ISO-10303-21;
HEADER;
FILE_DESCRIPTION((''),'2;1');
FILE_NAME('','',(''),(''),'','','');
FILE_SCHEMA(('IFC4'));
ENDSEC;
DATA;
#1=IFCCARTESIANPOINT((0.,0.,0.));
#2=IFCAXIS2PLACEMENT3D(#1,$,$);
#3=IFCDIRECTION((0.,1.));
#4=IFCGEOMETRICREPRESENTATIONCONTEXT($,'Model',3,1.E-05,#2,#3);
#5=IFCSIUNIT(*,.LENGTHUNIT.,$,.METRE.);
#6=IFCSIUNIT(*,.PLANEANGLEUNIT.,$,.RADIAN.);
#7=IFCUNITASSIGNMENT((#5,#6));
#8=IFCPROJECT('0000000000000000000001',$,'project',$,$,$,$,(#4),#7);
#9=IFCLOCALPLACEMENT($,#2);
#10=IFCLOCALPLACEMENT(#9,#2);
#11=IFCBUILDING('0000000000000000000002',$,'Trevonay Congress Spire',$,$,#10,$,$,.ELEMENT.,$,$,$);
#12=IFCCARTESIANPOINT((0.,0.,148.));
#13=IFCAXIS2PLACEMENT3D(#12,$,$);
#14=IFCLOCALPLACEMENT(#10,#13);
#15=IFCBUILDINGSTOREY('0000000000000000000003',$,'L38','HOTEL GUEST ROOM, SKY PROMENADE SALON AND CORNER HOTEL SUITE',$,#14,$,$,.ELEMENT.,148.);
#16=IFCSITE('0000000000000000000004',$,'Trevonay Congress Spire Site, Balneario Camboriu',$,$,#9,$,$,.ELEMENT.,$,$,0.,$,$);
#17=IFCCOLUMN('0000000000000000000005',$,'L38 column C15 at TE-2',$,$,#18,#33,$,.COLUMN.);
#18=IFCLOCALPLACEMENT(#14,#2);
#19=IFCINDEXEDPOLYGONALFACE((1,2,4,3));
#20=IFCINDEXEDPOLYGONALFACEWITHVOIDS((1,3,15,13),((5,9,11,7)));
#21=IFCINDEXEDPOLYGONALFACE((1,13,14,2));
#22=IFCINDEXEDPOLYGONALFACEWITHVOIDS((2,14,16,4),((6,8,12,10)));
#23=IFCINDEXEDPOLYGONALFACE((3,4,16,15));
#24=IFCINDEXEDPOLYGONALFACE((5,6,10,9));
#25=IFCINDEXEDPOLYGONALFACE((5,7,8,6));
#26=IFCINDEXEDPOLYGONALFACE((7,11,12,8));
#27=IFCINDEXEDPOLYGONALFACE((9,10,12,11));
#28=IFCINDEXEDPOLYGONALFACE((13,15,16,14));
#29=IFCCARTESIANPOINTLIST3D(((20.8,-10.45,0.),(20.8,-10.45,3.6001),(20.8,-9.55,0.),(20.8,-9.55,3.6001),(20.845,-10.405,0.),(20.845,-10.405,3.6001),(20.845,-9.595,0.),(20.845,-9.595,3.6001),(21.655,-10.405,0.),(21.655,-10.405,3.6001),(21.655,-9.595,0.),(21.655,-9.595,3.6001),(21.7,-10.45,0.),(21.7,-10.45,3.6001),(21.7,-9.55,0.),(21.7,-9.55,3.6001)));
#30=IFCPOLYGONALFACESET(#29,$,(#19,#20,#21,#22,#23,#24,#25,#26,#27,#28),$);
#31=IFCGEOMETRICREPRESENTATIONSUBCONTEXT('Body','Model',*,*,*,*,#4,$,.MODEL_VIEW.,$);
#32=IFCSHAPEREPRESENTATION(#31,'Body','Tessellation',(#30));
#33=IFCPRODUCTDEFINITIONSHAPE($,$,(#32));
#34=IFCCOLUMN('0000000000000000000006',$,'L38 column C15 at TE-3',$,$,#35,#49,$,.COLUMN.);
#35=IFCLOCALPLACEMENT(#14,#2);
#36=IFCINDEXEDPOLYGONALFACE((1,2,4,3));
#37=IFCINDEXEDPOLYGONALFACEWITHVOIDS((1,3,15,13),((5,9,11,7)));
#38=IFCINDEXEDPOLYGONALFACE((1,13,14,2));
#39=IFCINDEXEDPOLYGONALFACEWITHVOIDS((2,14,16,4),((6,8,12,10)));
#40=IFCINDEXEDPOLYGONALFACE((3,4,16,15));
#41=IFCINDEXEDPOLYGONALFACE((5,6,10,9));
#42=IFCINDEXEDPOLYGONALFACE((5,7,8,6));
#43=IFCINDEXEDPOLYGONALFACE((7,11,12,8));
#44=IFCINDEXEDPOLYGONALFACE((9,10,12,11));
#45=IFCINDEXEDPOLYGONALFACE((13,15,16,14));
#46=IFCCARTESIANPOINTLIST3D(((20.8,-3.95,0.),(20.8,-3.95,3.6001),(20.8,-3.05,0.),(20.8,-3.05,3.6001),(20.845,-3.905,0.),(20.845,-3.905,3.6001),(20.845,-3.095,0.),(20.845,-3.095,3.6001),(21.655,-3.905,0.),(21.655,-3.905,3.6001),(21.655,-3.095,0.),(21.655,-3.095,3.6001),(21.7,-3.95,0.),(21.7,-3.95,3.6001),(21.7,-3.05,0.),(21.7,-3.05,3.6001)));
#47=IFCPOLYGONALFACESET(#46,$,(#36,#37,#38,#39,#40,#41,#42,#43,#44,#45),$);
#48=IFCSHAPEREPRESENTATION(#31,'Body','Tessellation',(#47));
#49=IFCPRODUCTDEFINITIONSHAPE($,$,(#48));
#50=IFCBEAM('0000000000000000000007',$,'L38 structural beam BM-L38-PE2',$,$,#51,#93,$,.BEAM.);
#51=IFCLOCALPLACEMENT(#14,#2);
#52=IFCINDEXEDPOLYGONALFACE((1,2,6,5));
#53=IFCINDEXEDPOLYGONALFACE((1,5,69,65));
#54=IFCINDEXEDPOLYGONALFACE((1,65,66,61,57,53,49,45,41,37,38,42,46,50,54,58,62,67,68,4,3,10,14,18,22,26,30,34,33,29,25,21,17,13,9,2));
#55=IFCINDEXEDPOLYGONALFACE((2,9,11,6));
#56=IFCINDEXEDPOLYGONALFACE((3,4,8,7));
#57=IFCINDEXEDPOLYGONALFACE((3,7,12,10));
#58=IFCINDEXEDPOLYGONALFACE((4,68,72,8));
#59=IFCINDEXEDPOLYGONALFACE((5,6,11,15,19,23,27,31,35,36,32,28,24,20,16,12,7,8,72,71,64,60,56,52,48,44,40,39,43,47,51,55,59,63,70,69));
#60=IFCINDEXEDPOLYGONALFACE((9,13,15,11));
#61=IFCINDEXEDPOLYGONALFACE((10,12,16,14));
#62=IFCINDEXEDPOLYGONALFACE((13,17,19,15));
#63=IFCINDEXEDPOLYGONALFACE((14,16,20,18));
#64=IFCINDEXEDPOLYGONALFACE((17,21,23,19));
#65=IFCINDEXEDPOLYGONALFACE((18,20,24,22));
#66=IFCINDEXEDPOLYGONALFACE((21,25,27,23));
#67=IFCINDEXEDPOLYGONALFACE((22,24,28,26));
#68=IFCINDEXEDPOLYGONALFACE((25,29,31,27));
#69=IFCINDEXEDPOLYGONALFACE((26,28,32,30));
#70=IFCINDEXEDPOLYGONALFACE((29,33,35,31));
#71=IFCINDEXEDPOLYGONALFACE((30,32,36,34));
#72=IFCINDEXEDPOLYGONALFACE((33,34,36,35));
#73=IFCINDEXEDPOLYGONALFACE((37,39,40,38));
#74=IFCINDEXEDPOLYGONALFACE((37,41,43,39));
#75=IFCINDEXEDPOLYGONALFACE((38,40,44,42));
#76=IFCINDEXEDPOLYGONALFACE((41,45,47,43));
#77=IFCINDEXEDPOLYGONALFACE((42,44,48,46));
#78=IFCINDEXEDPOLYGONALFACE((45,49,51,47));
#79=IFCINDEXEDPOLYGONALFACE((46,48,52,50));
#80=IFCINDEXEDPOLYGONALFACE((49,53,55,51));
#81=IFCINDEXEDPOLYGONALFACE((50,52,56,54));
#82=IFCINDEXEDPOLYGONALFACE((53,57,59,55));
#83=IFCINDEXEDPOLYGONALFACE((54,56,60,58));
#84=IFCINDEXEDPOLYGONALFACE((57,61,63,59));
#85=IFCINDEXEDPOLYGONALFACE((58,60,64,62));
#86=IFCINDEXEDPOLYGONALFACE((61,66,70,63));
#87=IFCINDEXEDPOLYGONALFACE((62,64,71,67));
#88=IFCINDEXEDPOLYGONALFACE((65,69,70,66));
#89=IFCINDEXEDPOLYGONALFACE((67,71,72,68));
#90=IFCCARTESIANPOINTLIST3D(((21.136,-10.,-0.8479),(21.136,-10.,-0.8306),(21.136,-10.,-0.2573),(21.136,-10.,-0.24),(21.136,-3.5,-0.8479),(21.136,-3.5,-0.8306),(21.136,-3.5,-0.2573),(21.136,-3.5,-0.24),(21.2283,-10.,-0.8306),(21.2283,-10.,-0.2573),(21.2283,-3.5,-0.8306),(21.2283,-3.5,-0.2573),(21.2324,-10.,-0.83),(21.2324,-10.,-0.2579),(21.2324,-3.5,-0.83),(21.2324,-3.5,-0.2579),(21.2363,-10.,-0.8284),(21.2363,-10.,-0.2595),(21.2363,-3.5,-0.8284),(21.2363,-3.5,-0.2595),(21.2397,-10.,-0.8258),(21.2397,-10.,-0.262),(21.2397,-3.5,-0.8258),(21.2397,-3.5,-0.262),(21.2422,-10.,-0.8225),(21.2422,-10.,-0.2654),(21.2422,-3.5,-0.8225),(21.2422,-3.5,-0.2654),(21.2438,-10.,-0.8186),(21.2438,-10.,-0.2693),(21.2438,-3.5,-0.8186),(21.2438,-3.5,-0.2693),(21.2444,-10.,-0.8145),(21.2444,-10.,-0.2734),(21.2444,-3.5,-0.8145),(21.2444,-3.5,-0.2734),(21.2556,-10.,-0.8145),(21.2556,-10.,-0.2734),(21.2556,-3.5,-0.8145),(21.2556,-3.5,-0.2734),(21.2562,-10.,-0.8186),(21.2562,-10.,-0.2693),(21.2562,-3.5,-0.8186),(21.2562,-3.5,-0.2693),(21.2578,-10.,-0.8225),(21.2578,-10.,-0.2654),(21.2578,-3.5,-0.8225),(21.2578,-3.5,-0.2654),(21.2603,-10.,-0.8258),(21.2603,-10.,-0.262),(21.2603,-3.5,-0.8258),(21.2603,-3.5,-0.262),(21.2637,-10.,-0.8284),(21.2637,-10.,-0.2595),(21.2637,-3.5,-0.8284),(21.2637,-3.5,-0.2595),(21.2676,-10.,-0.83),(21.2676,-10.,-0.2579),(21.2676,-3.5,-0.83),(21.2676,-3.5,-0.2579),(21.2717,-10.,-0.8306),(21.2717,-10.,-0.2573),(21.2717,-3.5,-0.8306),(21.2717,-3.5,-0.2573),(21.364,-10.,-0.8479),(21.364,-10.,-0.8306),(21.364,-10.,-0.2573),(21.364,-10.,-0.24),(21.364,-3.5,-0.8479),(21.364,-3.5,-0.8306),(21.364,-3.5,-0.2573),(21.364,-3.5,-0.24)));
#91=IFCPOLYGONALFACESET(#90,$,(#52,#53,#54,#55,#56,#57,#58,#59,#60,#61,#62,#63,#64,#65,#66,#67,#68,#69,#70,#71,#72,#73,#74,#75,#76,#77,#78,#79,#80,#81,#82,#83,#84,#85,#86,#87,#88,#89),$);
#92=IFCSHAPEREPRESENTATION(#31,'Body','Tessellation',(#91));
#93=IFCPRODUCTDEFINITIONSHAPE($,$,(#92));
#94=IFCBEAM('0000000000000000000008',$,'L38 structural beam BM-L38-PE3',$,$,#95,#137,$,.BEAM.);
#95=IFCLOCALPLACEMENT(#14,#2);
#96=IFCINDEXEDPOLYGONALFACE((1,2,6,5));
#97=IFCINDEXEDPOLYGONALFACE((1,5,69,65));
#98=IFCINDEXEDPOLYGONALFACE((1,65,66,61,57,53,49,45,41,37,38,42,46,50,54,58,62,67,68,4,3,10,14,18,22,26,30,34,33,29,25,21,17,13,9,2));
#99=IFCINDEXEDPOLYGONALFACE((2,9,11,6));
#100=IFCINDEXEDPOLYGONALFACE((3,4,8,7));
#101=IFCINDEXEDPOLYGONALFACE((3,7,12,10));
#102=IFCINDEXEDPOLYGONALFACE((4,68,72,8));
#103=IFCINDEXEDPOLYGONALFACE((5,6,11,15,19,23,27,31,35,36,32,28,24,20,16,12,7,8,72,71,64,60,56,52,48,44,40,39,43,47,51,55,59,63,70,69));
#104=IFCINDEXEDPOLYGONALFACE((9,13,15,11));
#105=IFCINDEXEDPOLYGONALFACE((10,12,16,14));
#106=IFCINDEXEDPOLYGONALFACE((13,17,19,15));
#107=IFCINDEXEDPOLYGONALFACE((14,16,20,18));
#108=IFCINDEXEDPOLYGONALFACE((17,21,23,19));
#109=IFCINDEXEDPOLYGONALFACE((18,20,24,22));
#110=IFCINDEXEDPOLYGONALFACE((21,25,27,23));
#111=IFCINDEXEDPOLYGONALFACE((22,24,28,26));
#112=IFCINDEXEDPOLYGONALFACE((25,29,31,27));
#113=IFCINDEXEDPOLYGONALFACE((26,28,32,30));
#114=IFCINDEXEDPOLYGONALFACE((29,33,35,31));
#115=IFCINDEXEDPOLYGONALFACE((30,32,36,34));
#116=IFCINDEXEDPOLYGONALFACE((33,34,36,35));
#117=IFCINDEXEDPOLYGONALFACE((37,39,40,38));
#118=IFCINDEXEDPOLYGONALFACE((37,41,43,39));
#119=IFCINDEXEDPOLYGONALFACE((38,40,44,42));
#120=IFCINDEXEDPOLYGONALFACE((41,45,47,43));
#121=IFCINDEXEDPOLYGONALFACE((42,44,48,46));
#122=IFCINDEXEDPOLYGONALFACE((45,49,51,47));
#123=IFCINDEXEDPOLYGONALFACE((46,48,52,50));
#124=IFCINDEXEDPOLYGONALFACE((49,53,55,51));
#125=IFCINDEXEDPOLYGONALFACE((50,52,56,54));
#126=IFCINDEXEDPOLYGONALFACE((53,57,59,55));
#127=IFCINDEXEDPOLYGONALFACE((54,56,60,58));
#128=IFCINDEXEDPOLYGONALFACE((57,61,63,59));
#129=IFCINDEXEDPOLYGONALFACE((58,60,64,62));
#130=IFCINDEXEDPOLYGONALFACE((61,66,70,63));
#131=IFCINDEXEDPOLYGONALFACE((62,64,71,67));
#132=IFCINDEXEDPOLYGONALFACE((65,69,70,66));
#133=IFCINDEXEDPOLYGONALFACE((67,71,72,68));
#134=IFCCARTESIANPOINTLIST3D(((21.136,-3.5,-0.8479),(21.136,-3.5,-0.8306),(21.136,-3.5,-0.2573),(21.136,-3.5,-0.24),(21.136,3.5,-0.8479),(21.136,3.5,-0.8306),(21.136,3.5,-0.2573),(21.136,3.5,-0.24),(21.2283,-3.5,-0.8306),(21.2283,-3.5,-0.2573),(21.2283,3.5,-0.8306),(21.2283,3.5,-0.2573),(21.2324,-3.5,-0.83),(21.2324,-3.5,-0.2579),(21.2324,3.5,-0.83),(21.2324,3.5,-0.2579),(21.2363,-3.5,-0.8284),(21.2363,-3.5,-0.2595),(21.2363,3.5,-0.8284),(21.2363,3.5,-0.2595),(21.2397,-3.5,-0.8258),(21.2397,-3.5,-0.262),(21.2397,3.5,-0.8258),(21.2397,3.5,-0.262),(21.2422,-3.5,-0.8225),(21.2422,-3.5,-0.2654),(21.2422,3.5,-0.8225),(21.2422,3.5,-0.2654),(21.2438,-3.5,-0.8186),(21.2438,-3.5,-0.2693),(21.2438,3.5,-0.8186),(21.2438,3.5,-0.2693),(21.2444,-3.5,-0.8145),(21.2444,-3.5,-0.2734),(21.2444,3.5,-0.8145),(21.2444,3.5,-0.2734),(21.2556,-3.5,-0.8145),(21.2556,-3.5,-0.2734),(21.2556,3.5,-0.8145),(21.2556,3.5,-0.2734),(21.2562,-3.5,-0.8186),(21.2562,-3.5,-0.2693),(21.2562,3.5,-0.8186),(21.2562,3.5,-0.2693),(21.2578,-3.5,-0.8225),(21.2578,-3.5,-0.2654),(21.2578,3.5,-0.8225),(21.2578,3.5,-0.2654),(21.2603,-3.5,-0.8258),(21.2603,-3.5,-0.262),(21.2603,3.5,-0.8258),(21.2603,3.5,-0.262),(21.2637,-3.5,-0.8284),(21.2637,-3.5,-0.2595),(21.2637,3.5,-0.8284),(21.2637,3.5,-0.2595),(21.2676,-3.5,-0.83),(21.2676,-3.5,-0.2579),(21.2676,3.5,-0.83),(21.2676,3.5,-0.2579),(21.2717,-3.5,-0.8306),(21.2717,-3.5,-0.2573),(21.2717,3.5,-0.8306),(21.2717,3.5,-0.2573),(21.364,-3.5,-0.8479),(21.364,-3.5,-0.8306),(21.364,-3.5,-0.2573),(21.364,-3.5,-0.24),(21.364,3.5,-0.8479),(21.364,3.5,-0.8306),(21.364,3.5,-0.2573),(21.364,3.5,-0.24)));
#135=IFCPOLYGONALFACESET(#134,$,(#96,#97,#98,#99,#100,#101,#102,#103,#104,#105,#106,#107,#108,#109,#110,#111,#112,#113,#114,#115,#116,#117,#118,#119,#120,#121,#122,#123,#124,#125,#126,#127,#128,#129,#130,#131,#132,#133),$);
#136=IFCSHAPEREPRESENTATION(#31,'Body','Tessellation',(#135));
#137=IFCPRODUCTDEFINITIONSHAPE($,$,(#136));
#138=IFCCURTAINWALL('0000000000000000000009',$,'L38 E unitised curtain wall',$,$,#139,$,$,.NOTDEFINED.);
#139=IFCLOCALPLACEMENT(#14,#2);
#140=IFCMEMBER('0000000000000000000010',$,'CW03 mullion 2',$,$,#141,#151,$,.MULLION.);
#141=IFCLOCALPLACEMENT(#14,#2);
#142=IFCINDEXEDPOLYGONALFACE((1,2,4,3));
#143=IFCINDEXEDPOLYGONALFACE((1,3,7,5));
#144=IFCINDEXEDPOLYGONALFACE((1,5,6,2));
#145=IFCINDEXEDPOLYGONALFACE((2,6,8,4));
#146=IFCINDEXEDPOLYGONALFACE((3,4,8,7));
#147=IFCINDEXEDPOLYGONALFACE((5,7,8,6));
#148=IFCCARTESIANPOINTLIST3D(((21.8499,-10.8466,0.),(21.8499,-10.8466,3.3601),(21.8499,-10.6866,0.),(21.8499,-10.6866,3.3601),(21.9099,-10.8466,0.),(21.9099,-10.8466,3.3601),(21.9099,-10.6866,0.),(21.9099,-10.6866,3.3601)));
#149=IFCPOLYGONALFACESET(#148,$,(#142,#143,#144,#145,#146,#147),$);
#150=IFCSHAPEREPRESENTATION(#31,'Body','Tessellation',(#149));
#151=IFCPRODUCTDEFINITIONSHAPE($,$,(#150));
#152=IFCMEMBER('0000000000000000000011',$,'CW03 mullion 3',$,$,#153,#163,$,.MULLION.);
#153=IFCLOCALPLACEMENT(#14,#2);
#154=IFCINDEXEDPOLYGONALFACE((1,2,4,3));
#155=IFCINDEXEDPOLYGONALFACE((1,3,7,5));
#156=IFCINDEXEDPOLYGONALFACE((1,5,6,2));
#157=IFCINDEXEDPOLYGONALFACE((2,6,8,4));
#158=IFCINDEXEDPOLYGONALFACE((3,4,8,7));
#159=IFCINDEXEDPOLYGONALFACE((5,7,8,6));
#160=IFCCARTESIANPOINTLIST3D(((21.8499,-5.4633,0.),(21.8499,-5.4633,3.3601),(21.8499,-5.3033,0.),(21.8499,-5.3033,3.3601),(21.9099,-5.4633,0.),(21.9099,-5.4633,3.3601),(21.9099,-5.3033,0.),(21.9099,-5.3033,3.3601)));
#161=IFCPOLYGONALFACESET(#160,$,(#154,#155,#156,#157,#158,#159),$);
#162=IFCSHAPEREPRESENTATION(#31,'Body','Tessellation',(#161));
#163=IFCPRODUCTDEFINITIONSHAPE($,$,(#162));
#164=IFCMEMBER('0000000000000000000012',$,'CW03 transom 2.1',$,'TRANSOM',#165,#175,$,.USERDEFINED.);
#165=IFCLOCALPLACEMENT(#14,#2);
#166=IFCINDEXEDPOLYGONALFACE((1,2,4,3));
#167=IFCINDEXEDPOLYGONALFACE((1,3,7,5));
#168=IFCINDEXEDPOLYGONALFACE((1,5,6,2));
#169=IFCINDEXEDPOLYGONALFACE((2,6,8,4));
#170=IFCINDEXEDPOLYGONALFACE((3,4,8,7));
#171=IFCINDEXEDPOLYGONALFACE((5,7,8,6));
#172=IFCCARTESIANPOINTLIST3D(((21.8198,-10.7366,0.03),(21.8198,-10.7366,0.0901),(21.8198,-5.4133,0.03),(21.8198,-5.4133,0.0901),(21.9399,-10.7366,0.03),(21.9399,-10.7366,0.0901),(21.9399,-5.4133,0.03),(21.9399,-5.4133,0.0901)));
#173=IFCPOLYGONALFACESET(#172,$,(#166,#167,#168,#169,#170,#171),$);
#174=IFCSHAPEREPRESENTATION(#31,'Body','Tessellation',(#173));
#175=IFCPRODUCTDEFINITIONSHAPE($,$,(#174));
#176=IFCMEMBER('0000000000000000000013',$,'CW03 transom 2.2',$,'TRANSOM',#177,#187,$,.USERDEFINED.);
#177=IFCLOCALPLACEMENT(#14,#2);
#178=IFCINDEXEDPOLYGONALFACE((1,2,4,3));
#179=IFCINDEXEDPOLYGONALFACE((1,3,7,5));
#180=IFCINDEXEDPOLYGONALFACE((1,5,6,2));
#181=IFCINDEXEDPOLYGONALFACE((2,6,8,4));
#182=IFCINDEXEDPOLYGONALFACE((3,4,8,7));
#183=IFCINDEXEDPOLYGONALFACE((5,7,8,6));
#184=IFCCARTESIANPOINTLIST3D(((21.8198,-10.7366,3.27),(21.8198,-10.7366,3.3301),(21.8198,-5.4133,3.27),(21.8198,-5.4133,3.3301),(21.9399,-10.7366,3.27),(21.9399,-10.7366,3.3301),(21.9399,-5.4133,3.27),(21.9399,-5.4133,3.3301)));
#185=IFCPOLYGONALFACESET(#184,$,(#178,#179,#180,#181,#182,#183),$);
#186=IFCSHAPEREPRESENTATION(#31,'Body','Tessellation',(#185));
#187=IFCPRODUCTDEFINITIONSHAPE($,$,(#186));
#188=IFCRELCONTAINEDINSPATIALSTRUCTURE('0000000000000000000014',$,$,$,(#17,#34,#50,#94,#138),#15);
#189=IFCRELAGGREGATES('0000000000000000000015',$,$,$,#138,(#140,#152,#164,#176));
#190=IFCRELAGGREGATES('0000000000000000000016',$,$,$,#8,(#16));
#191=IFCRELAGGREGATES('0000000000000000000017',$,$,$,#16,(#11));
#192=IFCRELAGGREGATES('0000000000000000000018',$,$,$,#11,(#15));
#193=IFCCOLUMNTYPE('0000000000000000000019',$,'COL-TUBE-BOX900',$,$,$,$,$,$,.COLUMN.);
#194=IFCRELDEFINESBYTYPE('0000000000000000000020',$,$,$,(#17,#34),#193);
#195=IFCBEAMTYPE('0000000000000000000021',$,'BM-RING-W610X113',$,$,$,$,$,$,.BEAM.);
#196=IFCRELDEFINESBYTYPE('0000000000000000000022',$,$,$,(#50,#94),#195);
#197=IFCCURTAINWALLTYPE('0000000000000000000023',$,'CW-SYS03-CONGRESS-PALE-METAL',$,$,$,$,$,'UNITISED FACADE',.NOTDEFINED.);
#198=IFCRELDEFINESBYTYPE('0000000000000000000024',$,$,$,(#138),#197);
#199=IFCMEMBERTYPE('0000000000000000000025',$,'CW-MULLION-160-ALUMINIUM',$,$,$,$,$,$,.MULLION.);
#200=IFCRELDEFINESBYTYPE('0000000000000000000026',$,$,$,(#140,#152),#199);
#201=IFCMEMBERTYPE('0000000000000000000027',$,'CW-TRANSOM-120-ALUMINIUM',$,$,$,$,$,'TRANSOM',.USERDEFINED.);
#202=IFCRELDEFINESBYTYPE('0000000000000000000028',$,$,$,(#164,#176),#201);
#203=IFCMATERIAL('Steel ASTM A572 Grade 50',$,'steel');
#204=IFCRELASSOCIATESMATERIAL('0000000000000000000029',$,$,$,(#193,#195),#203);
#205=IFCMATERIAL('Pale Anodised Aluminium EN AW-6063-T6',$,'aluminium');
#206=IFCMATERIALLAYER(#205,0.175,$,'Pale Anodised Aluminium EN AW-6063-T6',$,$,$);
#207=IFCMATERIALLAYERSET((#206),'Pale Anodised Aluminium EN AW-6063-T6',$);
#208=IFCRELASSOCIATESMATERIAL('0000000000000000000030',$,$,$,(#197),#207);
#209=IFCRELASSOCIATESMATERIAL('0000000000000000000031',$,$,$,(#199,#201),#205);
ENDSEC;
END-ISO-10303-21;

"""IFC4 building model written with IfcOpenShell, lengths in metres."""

from ifc_helpers import new_model, si_unit, direction, frame, origin, origin_2d, place, context, subcontext, project, spatial, rectangle, hollow_rectangle, i_section, extrude, material, layer, layer_set, material_profile, profile_set, type_object, element, aggregate, save


model = new_model("IFC4")

# Units and contexts
model_context = context("Model", 3, precision=1e-05, world=origin(), true_north=direction((0.0, 1.0)))
body_context = subcontext(model_context, "Body", "Model", "MODEL_VIEW")
ifc_project = project(units=[si_unit("LENGTHUNIT", "METRE"), si_unit("PLANEANGLEUNIT", "RADIAN")], contexts=[model_context])

# Site, building, storey
site_placement = place(None, origin())
site = spatial("IfcSite", under=ifc_project, at=site_placement, Name="Trevonay Congress Spire Site, Balneario Camboriu", CompositionType="ELEMENT", RefElevation=0.0)
building_placement = place(site_placement, origin())
building = spatial("IfcBuilding", under=site, at=building_placement, Name="Trevonay Congress Spire", CompositionType="ELEMENT")
storey_placement = place(building_placement, frame((0.0, 0.0, 148.0)))
storey = spatial("IfcBuildingStorey", under=building, at=storey_placement, Name="L38", Description="HOTEL GUEST ROOM, SKY PROMENADE SALON AND CORNER HOTEL SUITE", CompositionType="ELEMENT", Elevation=148.0)

# Columns
ifc_material_1 = material(Name="Steel ASTM A572 Grade 50", Category="steel")
ifc_material_profile_1 = material_profile(ifc_material_1, hollow_rectangle(XDim=0.8999, YDim=0.8999, WallThickness=0.0449, at=origin_2d()), Name="BOX 900x900x45")
ifc_profile_set_1 = profile_set([ifc_material_profile_1], Name="Steel ASTM A572 Grade 50")
column_type = type_object("IfcColumnType", Name="COL-TUBE-BOX900", PredefinedType="COLUMN", material=ifc_profile_set_1)
for number, where, z_axis, x_axis, name in (
    (1, (21.25, -10.0, 0.0), (0.0, 0.0, 1.0), (1.0, 0.0, 0.0), "L38 column C15 at TE-2"),
    (2, (21.25, -3.5, 0.0), (0.0, 0.0, 1.0), (1.0, 0.0, 0.0), "L38 column C15 at TE-3"),
):
    element("IfcColumn", number, at=place(storey_placement, frame(where, z_axis=z_axis, x_axis=x_axis)), inside=storey, type_object=column_type, Name=name, PredefinedType="COLUMN", context=body_context, shape_type="SweptSolid", body=[
        extrude(hollow_rectangle(XDim=0.8999, YDim=0.8999, WallThickness=0.0449, at=origin_2d()), origin(), (0.0, 0.0, 1.0), 3.6001),
    ])

# Beams
ifc_material_profile_2 = material_profile(ifc_material_1, i_section(OverallWidth=0.228, OverallDepth=0.6079, WebThickness=0.0112, FlangeThickness=0.0173, FilletRadius=0.0161, at=origin_2d()), Name="W610x113")
ifc_profile_set_2 = profile_set([ifc_material_profile_2], Name="Steel ASTM A572 Grade 50")
beam_type = type_object("IfcBeamType", Name="BM-RING-W610X113", PredefinedType="BEAM", material=ifc_profile_set_2)
beam_1_placement = place(storey_placement, frame((21.25, -10.0, -0.5439), z_axis=(0.0, 1.0, 0.0), x_axis=(-1.0, 0.0, 0.0)))
element("IfcBeam", 3, at=beam_1_placement, inside=storey, type_object=beam_type, Name="L38 structural beam BM-L38-PE2", PredefinedType="BEAM", context=body_context, shape_type="SweptSolid", body=[
    extrude(i_section(OverallWidth=0.228, OverallDepth=0.6079, WebThickness=0.0112, FlangeThickness=0.0173, FilletRadius=0.0161, at=origin_2d()), origin(), (0.0, 0.0, 1.0), 6.5),
])
beam_2_placement = place(storey_placement, frame((21.25, -3.5, -0.5439), z_axis=(0.0, 1.0, 0.0), x_axis=(-1.0, 0.0, 0.0)))
element("IfcBeam", 4, at=beam_2_placement, inside=storey, type_object=beam_type, Name="L38 structural beam BM-L38-PE3", PredefinedType="BEAM", context=body_context, shape_type="SweptSolid", body=[
    extrude(i_section(OverallWidth=0.228, OverallDepth=0.6079, WebThickness=0.0112, FlangeThickness=0.0173, FilletRadius=0.0161, at=origin_2d()), origin(), (0.0, 0.0, 1.0), 7.0),
])

# Curtain wall, members
ifc_material_2 = material(Name="Pale Anodised Aluminium EN AW-6063-T6", Category="aluminium")
ifc_layer_1 = layer(ifc_material_2, 0.175, Name="Pale Anodised Aluminium EN AW-6063-T6")
ifc_layer_set_1 = layer_set([ifc_layer_1], Name="Pale Anodised Aluminium EN AW-6063-T6")
curtain_wall_type = type_object("IfcCurtainWallType", Name="CW-SYS03-CONGRESS-PALE-METAL", ElementType="UNITISED FACADE", PredefinedType="NOTDEFINED", material=ifc_layer_set_1)
curtain_wall_placement = place(storey_placement, origin())
curtain_wall = element("IfcCurtainWall", 5, at=curtain_wall_placement, inside=storey, type_object=curtain_wall_type, Name="L38 E unitised curtain wall", PredefinedType="NOTDEFINED")
ifc_material_profile_3 = material_profile(ifc_material_2, rectangle(XDim=0.0601, YDim=0.1599, at=origin_2d()), Name="CW-MULLION-160-ALUMINIUM")
ifc_profile_set_3 = profile_set([ifc_material_profile_3], Name="Pale Anodised Aluminium EN AW-6063-T6")
member_type_1 = type_object("IfcMemberType", Name="CW-MULLION-160-ALUMINIUM", PredefinedType="MULLION", material=ifc_profile_set_3)
member_1_placement = place(storey_placement, frame((21.8799, -10.7666, 0.0), z_axis=(0.0, 0.0, 1.0), x_axis=(-1.0, 0.0, 0.0)))
member_1 = element("IfcMember", 6, at=member_1_placement, type_object=member_type_1, Name="CW03 mullion 2", PredefinedType="MULLION", context=body_context, shape_type="SweptSolid", body=[
    extrude(rectangle(XDim=0.0601, YDim=0.1599, at=origin_2d()), origin(), (0.0, 0.0, 1.0), 3.3601),
])
member_2_placement = place(storey_placement, frame((21.8799, -5.3833, 0.0), z_axis=(0.0, 0.0, 1.0), x_axis=(-1.0, 0.0, 0.0)))
member_2 = element("IfcMember", 7, at=member_2_placement, type_object=member_type_1, Name="CW03 mullion 3", PredefinedType="MULLION", context=body_context, shape_type="SweptSolid", body=[
    extrude(rectangle(XDim=0.0601, YDim=0.1599, at=origin_2d()), origin(), (0.0, 0.0, 1.0), 3.3601),
])
ifc_material_profile_4 = material_profile(ifc_material_2, rectangle(XDim=0.1201, YDim=0.0601, at=origin_2d()), Name="CW-TRANSOM-120-ALUMINIUM")
ifc_profile_set_4 = profile_set([ifc_material_profile_4], Name="Pale Anodised Aluminium EN AW-6063-T6")
member_type_2 = type_object("IfcMemberType", Name="CW-TRANSOM-120-ALUMINIUM", ElementType="TRANSOM", PredefinedType="USERDEFINED", material=ifc_profile_set_4)
member_3_placement = place(storey_placement, frame((21.8799, -10.7366, 0.0601), z_axis=(0.0, 1.0, 0.0), x_axis=(-1.0, 0.0, 0.0)))
member_3 = element("IfcMember", 8, at=member_3_placement, type_object=member_type_2, Name="CW03 transom 2.1", ObjectType="TRANSOM", PredefinedType="USERDEFINED", context=body_context, shape_type="SweptSolid", body=[
    extrude(rectangle(XDim=0.1201, YDim=0.0601, at=origin_2d()), origin(), (0.0, 0.0, 1.0), 5.3232),
])
member_4_placement = place(storey_placement, frame((21.8799, -10.7366, 3.3), z_axis=(0.0, 1.0, 0.0), x_axis=(-1.0, 0.0, 0.0)))
member_4 = element("IfcMember", 9, at=member_4_placement, type_object=member_type_2, Name="CW03 transom 2.2", ObjectType="TRANSOM", PredefinedType="USERDEFINED", context=body_context, shape_type="SweptSolid", body=[
    extrude(rectangle(XDim=0.1201, YDim=0.0601, at=origin_2d()), origin(), (0.0, 0.0, 1.0), 5.3232),
])
aggregate(curtain_wall, [member_1, member_2, member_3, member_4])

save(model, "model.ifc")
